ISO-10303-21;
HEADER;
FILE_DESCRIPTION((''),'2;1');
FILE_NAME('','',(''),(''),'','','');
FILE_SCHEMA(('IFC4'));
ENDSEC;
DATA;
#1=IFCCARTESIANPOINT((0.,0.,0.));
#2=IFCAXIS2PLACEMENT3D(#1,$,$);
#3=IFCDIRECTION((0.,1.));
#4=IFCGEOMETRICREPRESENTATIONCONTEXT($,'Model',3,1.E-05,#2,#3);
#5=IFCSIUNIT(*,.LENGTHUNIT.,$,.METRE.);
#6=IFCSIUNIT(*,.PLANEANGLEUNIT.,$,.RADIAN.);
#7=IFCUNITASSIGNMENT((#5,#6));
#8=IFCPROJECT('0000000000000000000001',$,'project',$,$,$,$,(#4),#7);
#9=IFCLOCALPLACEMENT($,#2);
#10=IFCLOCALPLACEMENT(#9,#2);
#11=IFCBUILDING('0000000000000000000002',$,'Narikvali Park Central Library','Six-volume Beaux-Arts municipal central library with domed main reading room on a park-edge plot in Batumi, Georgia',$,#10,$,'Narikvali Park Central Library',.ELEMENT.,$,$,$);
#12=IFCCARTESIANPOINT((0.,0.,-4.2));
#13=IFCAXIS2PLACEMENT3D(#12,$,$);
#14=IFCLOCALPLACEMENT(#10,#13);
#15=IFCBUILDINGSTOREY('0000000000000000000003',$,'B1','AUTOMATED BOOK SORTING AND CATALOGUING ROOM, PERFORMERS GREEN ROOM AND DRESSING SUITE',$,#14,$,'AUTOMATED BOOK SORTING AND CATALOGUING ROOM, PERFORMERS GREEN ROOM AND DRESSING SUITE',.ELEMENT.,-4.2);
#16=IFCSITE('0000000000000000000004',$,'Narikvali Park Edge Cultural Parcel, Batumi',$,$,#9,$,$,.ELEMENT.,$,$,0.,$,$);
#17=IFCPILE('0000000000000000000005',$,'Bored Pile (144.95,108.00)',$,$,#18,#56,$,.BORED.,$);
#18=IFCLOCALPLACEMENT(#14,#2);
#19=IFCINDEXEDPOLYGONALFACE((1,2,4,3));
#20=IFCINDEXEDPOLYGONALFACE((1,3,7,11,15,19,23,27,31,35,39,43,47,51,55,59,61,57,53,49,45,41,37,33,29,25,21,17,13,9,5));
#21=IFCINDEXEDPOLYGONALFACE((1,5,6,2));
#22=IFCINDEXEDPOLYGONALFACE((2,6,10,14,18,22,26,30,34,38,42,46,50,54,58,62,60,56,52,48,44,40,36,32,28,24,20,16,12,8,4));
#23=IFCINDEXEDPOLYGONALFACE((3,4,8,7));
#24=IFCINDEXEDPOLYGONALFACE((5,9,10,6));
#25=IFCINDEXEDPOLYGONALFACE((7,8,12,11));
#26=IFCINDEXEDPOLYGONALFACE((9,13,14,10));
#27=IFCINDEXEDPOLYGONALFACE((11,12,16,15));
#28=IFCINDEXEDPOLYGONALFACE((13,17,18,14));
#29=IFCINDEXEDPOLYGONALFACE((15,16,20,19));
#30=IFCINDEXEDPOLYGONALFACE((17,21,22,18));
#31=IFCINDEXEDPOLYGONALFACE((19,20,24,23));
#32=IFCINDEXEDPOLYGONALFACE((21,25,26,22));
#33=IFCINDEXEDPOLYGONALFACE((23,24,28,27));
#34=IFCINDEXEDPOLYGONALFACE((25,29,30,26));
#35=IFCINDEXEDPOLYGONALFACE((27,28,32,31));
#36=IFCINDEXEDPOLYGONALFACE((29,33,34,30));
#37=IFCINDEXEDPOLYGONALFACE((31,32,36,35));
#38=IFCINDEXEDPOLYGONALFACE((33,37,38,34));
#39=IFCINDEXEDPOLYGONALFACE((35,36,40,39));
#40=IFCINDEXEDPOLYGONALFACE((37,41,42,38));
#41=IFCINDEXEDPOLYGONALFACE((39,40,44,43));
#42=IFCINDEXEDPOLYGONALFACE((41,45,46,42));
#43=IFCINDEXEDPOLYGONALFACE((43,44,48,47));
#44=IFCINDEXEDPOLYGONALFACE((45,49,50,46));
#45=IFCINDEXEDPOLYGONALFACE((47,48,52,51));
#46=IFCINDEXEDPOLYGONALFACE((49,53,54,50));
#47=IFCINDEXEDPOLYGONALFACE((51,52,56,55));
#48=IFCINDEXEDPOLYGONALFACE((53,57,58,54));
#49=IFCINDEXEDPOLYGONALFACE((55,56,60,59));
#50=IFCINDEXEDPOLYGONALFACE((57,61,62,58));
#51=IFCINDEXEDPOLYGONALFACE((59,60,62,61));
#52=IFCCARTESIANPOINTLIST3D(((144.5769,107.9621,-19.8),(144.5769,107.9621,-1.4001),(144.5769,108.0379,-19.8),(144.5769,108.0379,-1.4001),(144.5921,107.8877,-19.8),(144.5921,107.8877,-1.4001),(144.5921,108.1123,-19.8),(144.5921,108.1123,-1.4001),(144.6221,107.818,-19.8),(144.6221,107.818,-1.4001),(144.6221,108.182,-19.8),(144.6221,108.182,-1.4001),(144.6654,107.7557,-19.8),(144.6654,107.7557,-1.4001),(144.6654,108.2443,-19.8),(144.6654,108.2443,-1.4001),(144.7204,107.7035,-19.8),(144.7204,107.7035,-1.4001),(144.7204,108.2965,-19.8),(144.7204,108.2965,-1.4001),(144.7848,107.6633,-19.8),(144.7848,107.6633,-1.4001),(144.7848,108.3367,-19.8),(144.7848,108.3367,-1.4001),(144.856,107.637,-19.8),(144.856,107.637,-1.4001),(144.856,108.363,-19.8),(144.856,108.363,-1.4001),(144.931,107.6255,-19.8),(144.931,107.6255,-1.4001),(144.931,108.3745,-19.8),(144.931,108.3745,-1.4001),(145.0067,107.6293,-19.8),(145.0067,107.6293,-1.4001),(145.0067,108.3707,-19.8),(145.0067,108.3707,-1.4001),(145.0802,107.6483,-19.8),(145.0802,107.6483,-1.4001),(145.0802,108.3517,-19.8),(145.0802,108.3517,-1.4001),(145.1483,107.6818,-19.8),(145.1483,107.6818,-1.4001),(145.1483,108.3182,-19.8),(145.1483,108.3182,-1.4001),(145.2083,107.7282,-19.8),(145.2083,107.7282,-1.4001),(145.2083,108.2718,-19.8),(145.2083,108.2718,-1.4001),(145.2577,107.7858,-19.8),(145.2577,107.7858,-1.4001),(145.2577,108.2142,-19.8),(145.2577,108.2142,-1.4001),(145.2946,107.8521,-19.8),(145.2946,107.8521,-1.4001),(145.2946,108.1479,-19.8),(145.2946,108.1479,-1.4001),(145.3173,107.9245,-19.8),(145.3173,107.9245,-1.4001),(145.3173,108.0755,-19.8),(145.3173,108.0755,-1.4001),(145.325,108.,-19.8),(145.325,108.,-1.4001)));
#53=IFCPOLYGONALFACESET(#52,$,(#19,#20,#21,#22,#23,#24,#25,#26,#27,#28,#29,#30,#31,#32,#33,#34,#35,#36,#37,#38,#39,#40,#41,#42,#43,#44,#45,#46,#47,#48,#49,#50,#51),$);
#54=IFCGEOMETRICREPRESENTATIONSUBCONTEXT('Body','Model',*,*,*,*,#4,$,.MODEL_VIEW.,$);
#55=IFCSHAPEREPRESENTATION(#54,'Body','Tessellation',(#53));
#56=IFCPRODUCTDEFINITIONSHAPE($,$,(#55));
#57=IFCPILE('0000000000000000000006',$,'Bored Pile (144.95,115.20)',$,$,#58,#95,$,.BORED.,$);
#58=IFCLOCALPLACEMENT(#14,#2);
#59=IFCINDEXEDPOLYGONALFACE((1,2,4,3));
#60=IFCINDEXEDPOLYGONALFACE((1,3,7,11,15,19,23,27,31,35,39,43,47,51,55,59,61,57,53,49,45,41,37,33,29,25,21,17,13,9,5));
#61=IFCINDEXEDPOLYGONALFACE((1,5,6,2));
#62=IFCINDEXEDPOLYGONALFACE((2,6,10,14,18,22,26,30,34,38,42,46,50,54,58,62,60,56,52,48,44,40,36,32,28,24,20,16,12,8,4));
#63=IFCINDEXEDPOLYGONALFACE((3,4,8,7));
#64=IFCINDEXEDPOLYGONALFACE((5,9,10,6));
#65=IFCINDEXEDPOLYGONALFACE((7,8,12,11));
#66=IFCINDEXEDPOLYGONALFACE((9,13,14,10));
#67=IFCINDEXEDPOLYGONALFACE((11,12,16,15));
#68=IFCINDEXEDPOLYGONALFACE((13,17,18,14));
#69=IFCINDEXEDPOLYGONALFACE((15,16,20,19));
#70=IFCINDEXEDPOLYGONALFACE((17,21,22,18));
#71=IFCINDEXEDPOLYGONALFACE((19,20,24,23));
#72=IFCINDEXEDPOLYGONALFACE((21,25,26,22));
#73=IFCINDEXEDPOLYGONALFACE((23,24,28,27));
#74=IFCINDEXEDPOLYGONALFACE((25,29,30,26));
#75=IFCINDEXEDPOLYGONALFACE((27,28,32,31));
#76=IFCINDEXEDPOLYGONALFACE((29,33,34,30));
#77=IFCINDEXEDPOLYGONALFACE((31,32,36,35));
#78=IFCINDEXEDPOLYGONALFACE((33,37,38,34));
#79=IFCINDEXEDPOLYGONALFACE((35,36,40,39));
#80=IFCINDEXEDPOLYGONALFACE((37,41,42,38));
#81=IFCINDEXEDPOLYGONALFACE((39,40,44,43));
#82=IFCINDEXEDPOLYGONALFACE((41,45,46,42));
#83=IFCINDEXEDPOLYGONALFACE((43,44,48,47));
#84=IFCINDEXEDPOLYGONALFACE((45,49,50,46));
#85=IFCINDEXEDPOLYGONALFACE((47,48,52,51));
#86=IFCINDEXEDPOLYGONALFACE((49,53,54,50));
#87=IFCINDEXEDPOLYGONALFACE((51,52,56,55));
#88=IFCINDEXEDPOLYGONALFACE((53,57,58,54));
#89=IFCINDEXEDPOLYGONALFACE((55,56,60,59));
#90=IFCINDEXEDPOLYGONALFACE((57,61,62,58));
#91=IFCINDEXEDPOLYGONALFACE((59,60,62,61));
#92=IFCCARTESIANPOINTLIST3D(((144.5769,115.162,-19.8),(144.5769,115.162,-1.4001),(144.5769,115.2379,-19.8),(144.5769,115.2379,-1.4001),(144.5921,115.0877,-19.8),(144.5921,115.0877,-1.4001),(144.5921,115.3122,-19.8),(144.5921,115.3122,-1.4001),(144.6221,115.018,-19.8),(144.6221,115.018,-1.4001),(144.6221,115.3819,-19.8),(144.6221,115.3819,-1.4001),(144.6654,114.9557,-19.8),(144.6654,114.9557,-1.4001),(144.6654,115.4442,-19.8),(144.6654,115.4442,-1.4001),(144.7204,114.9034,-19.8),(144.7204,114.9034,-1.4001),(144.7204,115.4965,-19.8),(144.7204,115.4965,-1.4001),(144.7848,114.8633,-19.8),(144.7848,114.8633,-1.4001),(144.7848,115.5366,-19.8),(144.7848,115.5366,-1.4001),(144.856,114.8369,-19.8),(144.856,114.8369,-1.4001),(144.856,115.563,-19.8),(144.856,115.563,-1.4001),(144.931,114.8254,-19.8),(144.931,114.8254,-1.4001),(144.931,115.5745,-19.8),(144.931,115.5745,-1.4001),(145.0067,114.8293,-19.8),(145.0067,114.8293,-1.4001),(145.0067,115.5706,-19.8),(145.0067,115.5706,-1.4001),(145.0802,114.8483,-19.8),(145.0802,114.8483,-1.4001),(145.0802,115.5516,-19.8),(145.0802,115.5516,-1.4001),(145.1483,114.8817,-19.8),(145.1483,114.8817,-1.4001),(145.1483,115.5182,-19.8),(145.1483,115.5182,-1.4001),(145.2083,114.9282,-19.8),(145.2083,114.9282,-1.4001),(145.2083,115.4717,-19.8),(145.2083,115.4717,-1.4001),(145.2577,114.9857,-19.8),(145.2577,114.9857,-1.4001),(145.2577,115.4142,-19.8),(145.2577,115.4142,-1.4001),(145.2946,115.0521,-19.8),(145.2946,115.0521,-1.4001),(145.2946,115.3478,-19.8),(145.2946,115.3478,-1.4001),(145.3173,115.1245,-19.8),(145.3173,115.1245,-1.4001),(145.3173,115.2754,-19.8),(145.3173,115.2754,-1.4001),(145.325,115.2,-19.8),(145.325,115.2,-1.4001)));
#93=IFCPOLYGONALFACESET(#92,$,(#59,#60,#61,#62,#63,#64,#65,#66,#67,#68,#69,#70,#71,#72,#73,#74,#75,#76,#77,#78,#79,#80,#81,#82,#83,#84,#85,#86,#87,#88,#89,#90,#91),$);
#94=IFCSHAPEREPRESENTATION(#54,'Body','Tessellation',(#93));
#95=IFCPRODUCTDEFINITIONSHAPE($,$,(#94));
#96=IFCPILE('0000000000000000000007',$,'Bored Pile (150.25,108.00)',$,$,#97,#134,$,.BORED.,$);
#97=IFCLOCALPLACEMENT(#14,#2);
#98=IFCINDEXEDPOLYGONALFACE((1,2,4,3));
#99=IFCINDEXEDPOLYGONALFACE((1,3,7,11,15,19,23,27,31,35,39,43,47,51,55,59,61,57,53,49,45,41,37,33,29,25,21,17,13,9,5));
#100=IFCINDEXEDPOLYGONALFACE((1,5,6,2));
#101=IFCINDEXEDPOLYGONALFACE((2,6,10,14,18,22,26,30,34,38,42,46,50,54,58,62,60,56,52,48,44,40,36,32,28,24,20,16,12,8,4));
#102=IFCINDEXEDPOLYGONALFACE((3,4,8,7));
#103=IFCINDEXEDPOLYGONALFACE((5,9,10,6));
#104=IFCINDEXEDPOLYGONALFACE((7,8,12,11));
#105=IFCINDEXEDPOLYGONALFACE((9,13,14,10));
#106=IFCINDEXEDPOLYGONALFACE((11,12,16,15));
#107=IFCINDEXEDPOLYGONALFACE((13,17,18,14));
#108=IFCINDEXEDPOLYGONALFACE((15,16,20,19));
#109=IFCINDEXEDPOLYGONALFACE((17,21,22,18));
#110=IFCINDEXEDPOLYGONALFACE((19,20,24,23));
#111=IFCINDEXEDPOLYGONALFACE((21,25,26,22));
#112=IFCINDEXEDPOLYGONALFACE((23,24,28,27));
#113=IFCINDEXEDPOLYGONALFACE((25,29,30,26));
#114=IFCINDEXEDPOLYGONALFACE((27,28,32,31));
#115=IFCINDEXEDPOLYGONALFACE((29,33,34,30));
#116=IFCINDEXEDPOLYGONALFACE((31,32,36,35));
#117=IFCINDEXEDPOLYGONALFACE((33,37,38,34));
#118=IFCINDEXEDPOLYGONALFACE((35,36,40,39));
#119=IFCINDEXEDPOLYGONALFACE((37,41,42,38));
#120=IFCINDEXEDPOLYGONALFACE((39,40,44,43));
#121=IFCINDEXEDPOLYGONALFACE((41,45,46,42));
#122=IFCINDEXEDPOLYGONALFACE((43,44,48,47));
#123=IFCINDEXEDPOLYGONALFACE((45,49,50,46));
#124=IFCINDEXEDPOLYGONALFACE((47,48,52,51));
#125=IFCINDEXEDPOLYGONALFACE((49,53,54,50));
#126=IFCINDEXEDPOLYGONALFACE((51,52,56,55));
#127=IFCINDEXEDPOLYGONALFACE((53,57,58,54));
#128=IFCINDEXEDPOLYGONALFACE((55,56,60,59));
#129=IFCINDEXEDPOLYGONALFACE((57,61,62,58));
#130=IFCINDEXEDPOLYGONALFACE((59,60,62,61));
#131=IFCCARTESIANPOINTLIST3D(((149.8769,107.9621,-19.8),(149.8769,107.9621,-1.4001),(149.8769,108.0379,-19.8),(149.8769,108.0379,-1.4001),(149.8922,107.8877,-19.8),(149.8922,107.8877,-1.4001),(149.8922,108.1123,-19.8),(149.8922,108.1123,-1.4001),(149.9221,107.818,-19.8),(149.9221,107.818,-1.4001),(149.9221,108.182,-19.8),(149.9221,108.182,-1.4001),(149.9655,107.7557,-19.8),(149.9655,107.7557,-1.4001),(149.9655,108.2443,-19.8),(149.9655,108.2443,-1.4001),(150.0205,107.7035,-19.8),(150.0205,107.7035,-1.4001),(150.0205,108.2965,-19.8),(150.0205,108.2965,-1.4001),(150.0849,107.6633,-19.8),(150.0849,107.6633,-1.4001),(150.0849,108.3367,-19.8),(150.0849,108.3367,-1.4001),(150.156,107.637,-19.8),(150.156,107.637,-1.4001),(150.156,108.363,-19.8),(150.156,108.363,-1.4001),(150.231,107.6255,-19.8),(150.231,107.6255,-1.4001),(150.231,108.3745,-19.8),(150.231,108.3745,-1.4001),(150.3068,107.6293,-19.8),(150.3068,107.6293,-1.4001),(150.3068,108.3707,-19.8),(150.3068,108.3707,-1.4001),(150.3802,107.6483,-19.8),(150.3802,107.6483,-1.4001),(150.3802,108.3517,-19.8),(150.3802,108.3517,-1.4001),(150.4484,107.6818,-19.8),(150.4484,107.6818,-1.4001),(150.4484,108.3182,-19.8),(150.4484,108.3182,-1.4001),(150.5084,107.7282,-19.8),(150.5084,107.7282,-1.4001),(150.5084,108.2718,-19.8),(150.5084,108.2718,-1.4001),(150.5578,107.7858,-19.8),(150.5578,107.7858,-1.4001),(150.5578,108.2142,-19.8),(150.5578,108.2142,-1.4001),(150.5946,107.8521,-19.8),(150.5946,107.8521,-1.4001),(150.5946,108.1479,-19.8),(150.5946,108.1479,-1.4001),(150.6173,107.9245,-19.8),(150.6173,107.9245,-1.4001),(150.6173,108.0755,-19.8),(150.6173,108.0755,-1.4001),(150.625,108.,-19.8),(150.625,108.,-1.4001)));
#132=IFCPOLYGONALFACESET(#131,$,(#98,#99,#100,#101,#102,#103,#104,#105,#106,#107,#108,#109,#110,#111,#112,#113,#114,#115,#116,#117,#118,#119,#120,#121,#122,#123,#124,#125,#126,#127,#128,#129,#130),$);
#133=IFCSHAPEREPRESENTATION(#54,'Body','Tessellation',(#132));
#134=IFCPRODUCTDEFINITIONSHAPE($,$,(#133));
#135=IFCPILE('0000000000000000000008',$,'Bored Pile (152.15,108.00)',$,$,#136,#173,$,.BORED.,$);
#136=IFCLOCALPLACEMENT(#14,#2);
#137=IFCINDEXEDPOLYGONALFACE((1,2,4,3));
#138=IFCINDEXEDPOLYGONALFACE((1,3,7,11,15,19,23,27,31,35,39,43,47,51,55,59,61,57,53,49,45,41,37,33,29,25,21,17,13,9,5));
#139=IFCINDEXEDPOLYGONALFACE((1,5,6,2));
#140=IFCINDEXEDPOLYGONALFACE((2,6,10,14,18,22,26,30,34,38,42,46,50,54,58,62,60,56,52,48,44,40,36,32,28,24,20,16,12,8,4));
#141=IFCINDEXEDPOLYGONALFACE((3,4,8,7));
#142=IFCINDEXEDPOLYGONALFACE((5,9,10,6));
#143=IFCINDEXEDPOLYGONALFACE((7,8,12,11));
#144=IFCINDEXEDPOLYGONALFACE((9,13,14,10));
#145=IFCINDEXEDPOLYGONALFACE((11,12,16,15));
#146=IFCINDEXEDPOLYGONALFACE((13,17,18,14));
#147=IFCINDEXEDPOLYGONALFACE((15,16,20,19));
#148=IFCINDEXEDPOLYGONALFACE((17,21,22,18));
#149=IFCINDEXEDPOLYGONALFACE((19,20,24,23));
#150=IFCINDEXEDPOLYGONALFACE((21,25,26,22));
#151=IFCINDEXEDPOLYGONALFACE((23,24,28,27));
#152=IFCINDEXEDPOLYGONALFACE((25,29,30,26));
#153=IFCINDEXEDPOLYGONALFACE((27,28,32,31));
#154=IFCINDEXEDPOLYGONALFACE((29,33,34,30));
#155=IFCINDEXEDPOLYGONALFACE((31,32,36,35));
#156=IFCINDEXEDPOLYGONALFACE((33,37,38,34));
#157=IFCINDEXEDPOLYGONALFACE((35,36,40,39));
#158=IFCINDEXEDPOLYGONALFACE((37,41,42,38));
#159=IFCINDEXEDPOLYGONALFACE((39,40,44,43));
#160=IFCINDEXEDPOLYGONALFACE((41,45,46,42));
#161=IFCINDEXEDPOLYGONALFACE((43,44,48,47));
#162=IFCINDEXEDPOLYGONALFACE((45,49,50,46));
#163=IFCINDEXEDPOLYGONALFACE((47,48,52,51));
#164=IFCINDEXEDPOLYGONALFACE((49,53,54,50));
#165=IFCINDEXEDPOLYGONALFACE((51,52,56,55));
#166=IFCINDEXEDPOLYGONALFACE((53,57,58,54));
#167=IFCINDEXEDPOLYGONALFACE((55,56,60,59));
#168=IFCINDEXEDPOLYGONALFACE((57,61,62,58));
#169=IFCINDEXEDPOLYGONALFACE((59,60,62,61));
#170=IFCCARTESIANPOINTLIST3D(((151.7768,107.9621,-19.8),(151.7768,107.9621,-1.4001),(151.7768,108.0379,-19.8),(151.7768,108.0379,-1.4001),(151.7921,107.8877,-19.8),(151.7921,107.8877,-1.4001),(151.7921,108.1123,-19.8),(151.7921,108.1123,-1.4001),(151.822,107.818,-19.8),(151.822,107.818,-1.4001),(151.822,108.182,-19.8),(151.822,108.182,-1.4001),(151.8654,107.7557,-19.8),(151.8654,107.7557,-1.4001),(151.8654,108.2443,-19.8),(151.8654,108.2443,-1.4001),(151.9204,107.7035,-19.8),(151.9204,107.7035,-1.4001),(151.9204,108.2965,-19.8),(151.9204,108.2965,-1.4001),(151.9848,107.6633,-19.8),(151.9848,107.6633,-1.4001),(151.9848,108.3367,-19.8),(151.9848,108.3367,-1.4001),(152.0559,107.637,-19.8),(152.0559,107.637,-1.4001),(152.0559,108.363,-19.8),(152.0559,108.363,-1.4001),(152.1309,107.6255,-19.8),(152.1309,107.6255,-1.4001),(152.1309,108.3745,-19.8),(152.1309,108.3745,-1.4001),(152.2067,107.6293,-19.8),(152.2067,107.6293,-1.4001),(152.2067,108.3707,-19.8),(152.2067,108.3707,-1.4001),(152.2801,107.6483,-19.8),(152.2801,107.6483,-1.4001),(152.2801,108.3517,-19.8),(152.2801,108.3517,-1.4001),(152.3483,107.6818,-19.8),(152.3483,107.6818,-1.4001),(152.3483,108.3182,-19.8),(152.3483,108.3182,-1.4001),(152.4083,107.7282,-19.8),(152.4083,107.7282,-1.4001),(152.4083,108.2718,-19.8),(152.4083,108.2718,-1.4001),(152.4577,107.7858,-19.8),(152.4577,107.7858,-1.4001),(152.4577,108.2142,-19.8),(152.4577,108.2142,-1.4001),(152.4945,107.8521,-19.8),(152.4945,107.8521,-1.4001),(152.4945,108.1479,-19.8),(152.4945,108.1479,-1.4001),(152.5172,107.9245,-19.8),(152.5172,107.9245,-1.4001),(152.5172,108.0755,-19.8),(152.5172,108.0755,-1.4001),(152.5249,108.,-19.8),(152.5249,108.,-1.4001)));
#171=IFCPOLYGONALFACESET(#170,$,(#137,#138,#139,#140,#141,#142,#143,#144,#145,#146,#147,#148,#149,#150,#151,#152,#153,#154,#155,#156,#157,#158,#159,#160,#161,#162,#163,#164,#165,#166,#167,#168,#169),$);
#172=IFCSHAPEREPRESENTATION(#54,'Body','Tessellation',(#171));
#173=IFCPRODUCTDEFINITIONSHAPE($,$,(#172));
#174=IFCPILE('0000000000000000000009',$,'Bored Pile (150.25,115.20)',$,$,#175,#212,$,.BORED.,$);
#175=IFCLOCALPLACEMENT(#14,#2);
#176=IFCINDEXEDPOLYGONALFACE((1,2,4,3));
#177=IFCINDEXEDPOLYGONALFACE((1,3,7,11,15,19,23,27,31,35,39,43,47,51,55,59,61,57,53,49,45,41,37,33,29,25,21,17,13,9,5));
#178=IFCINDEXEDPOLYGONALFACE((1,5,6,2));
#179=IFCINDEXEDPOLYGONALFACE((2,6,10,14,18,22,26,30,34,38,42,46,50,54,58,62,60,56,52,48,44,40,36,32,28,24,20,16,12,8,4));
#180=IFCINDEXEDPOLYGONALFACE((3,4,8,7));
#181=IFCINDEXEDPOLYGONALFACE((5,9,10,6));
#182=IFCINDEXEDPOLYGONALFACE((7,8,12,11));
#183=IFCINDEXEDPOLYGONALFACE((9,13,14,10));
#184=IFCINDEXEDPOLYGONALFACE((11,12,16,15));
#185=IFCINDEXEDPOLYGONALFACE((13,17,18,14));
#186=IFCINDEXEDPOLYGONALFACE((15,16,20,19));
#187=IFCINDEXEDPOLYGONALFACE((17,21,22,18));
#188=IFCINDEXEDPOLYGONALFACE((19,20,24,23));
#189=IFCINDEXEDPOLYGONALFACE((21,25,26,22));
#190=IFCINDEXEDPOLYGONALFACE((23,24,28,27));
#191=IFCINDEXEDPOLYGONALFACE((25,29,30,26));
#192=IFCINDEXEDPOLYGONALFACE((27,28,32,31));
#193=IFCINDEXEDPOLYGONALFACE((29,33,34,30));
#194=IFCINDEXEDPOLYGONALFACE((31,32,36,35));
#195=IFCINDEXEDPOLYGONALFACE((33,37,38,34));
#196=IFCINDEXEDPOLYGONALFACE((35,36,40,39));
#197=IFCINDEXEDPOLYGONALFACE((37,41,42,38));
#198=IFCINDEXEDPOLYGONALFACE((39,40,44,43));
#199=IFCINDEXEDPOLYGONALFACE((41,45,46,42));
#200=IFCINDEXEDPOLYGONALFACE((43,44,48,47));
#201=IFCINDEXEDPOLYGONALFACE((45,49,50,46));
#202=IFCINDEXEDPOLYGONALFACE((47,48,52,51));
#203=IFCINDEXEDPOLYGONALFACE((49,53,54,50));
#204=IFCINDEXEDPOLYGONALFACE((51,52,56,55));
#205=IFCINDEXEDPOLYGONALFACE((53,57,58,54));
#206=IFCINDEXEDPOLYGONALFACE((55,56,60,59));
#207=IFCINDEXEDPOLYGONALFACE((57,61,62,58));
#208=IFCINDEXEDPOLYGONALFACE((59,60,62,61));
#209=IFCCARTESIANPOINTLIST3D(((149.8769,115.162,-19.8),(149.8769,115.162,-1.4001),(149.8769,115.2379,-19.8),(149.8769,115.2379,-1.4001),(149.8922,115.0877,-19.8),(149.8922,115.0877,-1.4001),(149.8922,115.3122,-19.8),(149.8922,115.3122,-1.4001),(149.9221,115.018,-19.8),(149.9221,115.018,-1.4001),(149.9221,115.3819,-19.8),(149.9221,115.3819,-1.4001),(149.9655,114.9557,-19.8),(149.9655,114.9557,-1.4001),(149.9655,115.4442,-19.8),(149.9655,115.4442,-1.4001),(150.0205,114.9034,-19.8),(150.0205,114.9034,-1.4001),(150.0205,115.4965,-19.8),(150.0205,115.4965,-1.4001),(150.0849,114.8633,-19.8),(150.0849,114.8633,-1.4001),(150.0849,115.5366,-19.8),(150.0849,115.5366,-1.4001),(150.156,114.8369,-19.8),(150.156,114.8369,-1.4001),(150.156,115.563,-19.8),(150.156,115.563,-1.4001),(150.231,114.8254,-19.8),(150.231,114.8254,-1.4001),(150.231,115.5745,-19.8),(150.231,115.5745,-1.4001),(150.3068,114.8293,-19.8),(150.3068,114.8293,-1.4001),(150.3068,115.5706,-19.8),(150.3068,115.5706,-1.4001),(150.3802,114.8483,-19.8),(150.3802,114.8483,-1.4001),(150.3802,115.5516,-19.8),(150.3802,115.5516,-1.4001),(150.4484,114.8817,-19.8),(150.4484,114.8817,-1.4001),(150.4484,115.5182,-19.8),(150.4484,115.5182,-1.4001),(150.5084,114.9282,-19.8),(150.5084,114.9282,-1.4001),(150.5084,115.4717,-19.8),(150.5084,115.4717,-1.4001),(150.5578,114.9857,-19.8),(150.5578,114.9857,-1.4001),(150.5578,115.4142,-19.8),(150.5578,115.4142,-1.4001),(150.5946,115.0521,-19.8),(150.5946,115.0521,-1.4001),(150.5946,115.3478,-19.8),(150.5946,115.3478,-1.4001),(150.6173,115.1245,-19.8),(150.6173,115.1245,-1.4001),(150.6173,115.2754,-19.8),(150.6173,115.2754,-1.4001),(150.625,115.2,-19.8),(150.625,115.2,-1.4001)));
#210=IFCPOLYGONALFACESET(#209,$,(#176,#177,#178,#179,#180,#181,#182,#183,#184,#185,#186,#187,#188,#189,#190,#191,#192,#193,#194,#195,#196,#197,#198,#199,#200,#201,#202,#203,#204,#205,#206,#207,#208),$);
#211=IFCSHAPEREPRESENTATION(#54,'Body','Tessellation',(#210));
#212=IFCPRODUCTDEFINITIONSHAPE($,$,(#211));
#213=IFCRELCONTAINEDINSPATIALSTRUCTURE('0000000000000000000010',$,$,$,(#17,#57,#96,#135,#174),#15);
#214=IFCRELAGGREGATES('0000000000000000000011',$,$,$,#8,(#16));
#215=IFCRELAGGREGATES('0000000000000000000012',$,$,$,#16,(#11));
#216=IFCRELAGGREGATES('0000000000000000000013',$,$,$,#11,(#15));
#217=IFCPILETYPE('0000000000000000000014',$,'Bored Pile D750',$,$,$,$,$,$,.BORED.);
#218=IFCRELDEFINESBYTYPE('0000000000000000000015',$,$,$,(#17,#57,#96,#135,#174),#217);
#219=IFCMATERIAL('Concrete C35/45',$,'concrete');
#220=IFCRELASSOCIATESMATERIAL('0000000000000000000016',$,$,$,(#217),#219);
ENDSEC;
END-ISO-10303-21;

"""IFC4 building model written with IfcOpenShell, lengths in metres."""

from ifc_helpers import new_model, si_unit, direction, frame, origin, origin_2d, place, context, subcontext, project, spatial, circle, extrude, material, material_profile, profile_set, type_object, element, save


model = new_model("IFC4")

# Units and contexts
model_context = context("Model", 3, precision=1e-05, world=origin(), true_north=direction((0.0, 1.0)))
body_context = subcontext(model_context, "Body", "Model", "MODEL_VIEW")
ifc_project = project(units=[si_unit("LENGTHUNIT", "METRE"), si_unit("PLANEANGLEUNIT", "RADIAN")], contexts=[model_context])

# Site, building, storey
site_placement = place(None, origin())
site = spatial("IfcSite", under=ifc_project, at=site_placement, Name="Narikvali Park Edge Cultural Parcel, Batumi", CompositionType="ELEMENT", RefElevation=0.0)
building_placement = place(site_placement, origin())
building = spatial("IfcBuilding", under=site, at=building_placement, Name="Narikvali Park Central Library", Description="Six-volume Beaux-Arts municipal central library with domed main reading room on a park-edge plot in Batumi, Georgia", LongName="Narikvali Park Central Library", CompositionType="ELEMENT")
storey_placement = place(building_placement, frame((0.0, 0.0, -4.2)))
storey = spatial("IfcBuildingStorey", under=building, at=storey_placement, Name="B1", Description="AUTOMATED BOOK SORTING AND CATALOGUING ROOM, PERFORMERS GREEN ROOM AND DRESSING SUITE", LongName="AUTOMATED BOOK SORTING AND CATALOGUING ROOM, PERFORMERS GREEN ROOM AND DRESSING SUITE", CompositionType="ELEMENT", Elevation=-4.2)

# Piles
ifc_material_1 = material(Name="Concrete C35/45", Category="concrete")
ifc_material_profile_1 = material_profile(ifc_material_1, circle(Radius=0.375, at=origin_2d()), Name="PILE D750")
ifc_profile_set_1 = profile_set([ifc_material_profile_1], Name="Concrete C35/45")
pile_type = type_object("IfcPileType", Name="Bored Pile D750", PredefinedType="BORED", material=ifc_profile_set_1)
for number, where, z_axis, x_axis, name in (
    (1, (144.95, 108.0, -1.4001), (0.0, 0.0, -1.0), (1.0, 0.0, 0.0), "Bored Pile (144.95,108.00)"),
    (2, (144.95, 115.2, -1.4001), (0.0, 0.0, -1.0), (1.0, 0.0, 0.0), "Bored Pile (144.95,115.20)"),
    (3, (150.25, 108.0, -1.4001), (0.0, 0.0, -1.0), (1.0, 0.0, 0.0), "Bored Pile (150.25,108.00)"),
    (4, (152.1499, 108.0, -1.4001), (0.0, 0.0, -1.0), (1.0, 0.0, 0.0), "Bored Pile (152.15,108.00)"),
    (5, (150.25, 115.2, -1.4001), (0.0, 0.0, -1.0), (1.0, 0.0, 0.0), "Bored Pile (150.25,115.20)"),
):
    element("IfcPile", number, at=place(storey_placement, frame(where, z_axis=z_axis, x_axis=x_axis)), inside=storey, type_object=pile_type, Name=name, PredefinedType="BORED", context=body_context, shape_type="SweptSolid", body=[
        extrude(circle(Radius=0.375, at=origin_2d()), origin(), (0.0, 0.0, 1.0), 18.3999),
    ])

save(model, "model.ifc")
